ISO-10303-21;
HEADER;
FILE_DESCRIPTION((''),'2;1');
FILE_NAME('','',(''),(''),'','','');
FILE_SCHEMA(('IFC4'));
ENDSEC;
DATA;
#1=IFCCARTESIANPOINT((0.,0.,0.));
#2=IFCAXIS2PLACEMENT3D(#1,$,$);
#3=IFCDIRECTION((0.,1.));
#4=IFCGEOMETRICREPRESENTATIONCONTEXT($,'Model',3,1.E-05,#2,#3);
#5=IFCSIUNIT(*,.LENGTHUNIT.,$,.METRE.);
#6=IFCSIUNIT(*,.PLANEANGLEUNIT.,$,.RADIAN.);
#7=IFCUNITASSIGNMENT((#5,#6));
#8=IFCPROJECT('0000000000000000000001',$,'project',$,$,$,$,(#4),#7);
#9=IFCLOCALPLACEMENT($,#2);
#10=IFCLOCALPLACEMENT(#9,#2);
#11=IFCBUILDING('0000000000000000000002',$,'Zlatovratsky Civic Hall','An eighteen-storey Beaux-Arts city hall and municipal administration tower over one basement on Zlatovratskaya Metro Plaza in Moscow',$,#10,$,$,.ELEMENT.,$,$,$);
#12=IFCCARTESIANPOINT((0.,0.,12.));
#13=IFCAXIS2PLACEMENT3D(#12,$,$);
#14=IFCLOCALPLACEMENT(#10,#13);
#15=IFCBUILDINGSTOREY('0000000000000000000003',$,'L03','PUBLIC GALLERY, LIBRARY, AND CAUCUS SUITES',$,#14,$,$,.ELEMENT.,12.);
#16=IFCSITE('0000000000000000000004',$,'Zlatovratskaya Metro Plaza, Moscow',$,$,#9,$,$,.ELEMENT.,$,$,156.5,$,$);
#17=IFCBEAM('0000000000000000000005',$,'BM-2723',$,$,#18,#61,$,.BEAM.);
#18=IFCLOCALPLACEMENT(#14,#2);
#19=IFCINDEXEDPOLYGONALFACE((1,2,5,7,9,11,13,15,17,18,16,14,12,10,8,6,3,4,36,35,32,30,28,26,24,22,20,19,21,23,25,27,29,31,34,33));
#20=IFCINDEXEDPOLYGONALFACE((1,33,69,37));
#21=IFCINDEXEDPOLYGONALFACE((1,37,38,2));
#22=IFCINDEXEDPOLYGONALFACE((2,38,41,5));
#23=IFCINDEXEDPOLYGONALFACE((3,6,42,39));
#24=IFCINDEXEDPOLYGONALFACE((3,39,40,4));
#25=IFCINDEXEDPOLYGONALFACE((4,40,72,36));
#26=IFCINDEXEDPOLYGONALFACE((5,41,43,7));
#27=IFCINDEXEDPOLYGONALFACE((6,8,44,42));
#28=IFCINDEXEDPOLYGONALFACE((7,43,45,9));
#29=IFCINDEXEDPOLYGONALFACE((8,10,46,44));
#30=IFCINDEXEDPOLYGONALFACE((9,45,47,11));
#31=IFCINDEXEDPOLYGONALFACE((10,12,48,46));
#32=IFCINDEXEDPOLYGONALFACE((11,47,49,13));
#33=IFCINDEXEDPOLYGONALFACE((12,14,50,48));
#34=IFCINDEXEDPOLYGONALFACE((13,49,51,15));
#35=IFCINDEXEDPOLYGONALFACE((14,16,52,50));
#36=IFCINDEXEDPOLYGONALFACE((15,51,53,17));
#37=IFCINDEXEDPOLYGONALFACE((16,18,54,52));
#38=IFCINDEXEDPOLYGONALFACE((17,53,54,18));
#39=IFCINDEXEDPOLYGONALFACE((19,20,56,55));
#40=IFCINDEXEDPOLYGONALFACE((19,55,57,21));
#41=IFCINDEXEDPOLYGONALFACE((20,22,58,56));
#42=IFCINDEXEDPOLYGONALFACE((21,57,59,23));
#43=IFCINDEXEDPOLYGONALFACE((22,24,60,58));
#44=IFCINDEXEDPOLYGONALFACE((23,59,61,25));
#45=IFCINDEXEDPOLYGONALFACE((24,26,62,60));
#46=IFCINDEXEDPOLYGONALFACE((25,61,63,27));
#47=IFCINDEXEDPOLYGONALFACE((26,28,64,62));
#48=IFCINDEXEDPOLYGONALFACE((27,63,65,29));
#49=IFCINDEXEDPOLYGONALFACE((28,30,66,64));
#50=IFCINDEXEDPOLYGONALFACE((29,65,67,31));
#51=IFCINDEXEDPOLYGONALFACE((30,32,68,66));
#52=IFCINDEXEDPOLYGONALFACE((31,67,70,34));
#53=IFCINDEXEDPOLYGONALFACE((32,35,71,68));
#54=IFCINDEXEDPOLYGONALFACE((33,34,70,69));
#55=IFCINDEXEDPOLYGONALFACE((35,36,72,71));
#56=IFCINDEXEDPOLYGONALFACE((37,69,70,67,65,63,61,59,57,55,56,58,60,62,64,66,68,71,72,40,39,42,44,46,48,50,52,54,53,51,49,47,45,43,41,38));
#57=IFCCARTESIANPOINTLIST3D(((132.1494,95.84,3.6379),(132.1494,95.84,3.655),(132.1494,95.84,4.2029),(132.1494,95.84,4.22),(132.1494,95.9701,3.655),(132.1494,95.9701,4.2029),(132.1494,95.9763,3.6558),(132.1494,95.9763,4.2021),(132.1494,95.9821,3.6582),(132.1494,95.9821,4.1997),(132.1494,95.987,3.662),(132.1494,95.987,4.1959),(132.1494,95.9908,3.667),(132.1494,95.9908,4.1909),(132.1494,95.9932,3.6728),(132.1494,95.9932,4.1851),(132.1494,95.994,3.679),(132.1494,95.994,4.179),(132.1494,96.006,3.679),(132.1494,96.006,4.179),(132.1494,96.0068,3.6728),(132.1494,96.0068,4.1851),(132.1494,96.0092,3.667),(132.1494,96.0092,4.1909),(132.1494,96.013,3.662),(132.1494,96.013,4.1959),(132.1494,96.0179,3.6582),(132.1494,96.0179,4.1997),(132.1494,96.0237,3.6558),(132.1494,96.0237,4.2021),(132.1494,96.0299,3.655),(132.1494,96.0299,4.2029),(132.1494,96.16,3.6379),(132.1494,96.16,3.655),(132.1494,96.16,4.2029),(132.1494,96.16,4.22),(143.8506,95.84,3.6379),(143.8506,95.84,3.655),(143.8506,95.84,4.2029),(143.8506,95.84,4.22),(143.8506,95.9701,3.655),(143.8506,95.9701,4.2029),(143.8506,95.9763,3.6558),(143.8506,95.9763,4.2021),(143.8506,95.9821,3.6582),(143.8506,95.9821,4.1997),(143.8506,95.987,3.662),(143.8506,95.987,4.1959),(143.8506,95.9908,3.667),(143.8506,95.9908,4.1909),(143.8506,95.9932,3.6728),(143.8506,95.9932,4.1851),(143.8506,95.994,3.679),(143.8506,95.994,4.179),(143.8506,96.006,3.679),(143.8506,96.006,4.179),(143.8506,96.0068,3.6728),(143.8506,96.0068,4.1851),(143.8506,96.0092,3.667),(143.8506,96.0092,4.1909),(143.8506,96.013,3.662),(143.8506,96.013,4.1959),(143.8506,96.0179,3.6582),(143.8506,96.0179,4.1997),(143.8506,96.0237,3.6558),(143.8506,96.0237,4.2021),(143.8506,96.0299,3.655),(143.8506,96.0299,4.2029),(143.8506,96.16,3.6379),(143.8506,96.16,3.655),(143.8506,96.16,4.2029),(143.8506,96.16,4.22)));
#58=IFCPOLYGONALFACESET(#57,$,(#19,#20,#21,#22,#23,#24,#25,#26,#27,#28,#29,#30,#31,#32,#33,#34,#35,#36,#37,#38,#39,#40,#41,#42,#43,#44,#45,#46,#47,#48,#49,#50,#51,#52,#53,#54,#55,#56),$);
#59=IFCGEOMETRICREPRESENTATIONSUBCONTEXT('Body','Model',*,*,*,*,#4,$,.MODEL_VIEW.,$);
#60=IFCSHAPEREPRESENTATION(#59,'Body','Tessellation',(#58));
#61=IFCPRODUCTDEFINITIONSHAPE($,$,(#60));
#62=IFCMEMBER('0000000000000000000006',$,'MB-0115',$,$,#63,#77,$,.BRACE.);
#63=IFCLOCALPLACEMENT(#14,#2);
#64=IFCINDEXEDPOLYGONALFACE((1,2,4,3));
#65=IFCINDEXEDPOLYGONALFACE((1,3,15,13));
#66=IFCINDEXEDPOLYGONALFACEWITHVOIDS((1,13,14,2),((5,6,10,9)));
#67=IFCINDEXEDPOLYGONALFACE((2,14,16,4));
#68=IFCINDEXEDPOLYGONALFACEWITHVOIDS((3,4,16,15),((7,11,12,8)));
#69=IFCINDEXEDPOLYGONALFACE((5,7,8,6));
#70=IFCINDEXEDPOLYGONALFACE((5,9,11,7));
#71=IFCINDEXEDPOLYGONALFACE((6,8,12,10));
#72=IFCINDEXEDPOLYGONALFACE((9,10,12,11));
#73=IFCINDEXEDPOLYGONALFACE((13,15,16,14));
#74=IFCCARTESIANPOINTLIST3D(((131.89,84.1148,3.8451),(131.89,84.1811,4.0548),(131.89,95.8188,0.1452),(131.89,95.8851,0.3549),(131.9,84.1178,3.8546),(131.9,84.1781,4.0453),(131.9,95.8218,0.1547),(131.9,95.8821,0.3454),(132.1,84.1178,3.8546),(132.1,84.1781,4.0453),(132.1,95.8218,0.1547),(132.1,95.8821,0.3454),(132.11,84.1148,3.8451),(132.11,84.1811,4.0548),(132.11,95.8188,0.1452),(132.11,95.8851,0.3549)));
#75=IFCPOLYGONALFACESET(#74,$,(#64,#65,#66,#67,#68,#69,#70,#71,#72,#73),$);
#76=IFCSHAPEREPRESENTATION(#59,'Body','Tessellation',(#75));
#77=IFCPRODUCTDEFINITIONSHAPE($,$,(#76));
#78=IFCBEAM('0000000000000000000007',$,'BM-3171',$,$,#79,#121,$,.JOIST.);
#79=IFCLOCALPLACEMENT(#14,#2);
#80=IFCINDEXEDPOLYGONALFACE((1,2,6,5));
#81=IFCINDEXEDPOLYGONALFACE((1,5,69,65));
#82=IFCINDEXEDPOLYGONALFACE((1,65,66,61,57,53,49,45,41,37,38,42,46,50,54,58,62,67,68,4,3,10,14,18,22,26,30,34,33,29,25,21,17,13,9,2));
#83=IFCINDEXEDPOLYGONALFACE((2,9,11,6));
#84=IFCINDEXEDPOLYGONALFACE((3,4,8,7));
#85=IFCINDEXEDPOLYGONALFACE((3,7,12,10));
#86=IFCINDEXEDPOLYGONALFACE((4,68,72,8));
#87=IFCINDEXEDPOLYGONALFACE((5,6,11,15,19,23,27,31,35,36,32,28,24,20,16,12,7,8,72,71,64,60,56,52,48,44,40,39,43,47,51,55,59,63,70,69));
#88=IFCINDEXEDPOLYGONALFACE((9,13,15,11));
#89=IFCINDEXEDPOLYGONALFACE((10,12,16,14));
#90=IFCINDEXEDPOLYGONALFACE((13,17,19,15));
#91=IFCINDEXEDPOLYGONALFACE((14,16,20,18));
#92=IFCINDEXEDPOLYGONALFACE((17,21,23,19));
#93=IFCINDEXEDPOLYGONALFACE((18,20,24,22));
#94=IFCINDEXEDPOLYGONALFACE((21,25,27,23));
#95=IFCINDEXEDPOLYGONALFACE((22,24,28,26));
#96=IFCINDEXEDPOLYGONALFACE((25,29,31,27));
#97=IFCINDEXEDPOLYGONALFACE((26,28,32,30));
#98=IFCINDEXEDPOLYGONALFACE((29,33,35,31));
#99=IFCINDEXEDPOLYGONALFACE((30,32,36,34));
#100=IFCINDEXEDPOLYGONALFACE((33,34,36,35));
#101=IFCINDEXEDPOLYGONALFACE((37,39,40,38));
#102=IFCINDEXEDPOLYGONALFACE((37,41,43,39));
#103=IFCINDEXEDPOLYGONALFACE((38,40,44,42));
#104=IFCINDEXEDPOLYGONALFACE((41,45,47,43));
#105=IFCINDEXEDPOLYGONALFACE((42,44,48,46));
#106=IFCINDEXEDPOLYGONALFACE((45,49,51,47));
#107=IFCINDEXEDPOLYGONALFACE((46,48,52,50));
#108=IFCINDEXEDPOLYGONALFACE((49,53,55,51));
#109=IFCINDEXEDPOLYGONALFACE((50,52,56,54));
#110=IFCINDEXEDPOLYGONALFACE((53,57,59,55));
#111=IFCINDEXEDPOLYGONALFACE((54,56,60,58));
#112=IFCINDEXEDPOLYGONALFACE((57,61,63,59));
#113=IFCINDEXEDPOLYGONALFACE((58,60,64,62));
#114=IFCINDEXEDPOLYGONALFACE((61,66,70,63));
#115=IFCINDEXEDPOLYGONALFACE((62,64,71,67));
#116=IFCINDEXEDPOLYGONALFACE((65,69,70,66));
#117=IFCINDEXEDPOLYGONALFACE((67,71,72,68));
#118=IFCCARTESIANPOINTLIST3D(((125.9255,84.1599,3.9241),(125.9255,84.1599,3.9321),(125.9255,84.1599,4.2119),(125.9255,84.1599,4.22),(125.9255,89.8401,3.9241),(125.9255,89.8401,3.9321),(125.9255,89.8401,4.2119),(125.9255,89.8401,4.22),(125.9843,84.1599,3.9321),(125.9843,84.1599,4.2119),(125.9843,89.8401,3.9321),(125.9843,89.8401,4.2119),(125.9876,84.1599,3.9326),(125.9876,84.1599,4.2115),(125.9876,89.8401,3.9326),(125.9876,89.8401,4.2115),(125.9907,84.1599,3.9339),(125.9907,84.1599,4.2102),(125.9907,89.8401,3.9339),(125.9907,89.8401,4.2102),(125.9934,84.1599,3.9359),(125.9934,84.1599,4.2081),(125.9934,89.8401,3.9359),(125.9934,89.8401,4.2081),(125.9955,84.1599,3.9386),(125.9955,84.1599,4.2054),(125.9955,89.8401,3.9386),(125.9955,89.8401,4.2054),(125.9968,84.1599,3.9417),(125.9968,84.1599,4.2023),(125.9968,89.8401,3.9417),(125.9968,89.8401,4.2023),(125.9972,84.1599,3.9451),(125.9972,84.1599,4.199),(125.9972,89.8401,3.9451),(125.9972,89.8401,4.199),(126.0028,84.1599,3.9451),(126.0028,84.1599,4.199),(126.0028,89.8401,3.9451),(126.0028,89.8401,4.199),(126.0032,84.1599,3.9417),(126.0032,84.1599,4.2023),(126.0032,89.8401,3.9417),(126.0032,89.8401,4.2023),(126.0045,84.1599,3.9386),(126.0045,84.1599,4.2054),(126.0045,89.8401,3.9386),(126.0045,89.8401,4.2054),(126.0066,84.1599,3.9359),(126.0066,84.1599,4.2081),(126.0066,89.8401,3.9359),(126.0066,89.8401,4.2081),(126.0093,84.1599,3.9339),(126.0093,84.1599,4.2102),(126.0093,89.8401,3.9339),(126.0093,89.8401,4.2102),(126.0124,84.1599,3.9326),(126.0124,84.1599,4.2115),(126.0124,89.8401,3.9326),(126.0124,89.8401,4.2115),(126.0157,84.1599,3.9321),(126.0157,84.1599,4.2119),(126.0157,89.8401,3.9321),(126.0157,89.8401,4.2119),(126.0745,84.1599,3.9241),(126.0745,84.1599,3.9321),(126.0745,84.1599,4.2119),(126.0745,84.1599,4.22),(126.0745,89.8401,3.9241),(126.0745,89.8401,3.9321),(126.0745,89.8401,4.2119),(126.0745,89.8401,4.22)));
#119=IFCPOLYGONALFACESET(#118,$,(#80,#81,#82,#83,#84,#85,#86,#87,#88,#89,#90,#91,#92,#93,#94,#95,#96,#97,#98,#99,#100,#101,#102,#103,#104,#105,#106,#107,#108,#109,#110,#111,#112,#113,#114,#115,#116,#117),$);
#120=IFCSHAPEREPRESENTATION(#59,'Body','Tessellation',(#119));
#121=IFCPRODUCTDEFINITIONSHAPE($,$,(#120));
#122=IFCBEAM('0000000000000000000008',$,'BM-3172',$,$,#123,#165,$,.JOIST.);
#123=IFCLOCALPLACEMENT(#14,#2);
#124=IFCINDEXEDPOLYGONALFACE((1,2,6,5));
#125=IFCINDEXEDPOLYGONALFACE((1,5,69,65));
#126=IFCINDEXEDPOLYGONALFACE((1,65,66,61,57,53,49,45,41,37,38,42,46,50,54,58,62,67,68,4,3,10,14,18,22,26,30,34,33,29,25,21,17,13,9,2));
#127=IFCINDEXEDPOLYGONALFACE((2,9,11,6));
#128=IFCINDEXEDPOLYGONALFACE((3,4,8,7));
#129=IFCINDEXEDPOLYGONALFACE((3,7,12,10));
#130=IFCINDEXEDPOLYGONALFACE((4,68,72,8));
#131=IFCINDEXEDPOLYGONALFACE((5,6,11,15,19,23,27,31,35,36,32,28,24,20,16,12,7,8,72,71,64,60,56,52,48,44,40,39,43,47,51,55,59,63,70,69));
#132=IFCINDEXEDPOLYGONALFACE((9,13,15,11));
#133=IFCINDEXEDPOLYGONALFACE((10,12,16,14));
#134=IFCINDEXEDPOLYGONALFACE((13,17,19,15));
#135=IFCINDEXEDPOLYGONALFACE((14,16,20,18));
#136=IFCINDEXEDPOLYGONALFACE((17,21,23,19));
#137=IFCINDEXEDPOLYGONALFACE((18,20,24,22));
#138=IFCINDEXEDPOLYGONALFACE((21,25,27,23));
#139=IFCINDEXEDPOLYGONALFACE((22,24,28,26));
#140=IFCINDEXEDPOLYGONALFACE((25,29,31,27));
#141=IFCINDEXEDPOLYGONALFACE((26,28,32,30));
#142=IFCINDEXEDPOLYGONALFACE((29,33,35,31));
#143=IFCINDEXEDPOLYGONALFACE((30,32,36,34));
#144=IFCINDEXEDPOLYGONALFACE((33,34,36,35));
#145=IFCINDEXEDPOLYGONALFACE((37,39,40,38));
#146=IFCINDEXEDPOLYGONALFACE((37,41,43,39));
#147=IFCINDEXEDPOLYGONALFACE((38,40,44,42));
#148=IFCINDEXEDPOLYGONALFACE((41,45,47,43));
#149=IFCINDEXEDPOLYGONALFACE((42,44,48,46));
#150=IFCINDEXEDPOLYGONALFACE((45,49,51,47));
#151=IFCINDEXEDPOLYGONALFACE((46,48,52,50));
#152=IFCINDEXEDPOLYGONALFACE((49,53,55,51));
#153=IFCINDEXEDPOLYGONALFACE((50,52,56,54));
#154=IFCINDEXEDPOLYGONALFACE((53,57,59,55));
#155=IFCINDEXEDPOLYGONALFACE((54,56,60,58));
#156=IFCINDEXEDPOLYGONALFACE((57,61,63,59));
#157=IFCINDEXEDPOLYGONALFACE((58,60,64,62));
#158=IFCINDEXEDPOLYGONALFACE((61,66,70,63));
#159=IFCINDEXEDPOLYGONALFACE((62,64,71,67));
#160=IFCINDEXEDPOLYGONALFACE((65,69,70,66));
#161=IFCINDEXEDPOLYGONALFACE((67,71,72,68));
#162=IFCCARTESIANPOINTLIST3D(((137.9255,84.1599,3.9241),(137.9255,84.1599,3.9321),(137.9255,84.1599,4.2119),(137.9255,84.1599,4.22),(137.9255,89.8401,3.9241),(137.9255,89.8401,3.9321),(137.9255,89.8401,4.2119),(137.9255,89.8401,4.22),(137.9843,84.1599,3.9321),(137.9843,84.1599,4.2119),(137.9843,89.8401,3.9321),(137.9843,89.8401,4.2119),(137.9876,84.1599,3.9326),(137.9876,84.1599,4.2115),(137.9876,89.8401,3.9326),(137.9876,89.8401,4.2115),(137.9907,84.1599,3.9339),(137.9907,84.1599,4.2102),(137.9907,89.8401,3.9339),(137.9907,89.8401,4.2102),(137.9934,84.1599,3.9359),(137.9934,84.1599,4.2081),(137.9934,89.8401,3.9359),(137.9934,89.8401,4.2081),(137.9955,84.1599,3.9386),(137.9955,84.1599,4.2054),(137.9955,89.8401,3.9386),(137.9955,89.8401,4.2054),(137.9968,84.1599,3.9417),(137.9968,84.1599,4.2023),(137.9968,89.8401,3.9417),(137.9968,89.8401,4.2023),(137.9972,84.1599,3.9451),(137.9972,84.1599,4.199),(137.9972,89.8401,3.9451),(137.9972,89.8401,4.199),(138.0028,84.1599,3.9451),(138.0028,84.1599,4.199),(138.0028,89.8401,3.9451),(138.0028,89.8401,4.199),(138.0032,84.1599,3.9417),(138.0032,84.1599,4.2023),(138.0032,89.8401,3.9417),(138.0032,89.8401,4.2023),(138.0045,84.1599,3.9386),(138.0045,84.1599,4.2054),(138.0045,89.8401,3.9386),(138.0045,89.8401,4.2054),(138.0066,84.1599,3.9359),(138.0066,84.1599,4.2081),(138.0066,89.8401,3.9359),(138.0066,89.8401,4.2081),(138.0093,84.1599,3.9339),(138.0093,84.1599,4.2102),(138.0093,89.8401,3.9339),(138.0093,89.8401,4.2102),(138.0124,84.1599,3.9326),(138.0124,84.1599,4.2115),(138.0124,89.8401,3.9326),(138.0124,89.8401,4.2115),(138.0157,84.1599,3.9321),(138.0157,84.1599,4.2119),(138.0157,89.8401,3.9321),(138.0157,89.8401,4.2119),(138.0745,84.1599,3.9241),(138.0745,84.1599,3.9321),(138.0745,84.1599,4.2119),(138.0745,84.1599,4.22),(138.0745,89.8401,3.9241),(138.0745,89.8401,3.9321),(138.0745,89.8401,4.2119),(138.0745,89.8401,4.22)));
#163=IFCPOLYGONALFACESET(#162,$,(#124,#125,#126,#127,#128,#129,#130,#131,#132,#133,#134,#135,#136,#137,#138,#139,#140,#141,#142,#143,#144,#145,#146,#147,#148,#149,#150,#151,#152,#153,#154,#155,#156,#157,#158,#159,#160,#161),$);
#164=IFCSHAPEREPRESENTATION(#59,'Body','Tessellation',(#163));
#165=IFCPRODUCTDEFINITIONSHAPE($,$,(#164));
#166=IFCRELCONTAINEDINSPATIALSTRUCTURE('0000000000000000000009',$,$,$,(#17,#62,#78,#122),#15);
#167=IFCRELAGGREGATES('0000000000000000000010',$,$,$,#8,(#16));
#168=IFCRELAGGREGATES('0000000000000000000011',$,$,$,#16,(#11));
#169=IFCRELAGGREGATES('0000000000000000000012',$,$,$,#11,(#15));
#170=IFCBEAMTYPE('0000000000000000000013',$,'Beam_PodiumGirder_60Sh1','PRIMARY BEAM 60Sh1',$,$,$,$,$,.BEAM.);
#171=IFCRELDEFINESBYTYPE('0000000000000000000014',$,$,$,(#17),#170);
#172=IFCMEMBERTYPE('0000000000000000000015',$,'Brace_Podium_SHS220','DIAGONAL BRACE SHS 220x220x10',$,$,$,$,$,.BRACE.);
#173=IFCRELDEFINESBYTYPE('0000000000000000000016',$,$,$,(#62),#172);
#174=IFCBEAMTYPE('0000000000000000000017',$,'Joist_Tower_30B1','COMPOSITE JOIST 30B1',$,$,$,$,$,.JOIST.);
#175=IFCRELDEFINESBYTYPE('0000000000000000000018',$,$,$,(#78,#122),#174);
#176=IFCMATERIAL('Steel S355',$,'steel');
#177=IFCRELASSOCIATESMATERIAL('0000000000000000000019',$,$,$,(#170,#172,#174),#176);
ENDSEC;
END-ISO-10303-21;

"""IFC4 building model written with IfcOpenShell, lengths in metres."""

from ifc_helpers import new_model, si_unit, direction, frame, origin, origin_2d, place, context, subcontext, project, spatial, hollow_rectangle, i_section, extrude, material, material_profile, profile_set, type_object, element, save


model = new_model("IFC4")

# Units and contexts
model_context = context("Model", 3, precision=1e-05, world=origin(), true_north=direction((0.0, 1.0)))
body_context = subcontext(model_context, "Body", "Model", "MODEL_VIEW")
ifc_project = project(units=[si_unit("LENGTHUNIT", "METRE"), si_unit("PLANEANGLEUNIT", "RADIAN")], contexts=[model_context])

# Site, building, storey
site_placement = place(None, origin())
site = spatial("IfcSite", under=ifc_project, at=site_placement, Name="Zlatovratskaya Metro Plaza, Moscow", CompositionType="ELEMENT", RefElevation=156.5)
building_placement = place(site_placement, origin())
building = spatial("IfcBuilding", under=site, at=building_placement, Name="Zlatovratsky Civic Hall", Description="An eighteen-storey Beaux-Arts city hall and municipal administration tower over one basement on Zlatovratskaya Metro Plaza in Moscow", CompositionType="ELEMENT")
storey_placement = place(building_placement, frame((0.0, 0.0, 12.0)))
storey = spatial("IfcBuildingStorey", under=building, at=storey_placement, Name="L03", Description="PUBLIC GALLERY, LIBRARY, AND CAUCUS SUITES", CompositionType="ELEMENT", Elevation=12.0)

# Shared definitions
ifc_material_1 = material(Name="Steel S355", Category="steel")

# Beam
ifc_material_profile_1 = material_profile(ifc_material_1, i_section(OverallWidth=0.3201, OverallDepth=0.582, WebThickness=0.012, FlangeThickness=0.0171, FilletRadius=0.0239, at=origin_2d()), Name="60Sh1")
ifc_profile_set_1 = profile_set([ifc_material_profile_1], Name="Steel S355")
beam_type_1 = type_object("IfcBeamType", Name="Beam_PodiumGirder_60Sh1", Description="PRIMARY BEAM 60Sh1", PredefinedType="BEAM", material=ifc_profile_set_1)
for number, where, z_axis, x_axis, name in (
    (1, (132.1494, 96.0, 3.929), (1.0, 0.0, 0.0), (0.0, 1.0, 0.0), "BM-2723"),
):
    element("IfcBeam", number, at=place(storey_placement, frame(where, z_axis=z_axis, x_axis=x_axis)), inside=storey, type_object=beam_type_1, Name=name, PredefinedType="BEAM", context=body_context, shape_type="SweptSolid", body=[
        extrude(i_section(OverallWidth=0.3201, OverallDepth=0.582, WebThickness=0.012, FlangeThickness=0.0171, FilletRadius=0.0239, at=origin_2d()), origin(), (0.0, 0.0, 1.0), 11.7012),
    ])

# Member
ifc_material_profile_2 = material_profile(ifc_material_1, hollow_rectangle(XDim=0.22, YDim=0.22, WallThickness=0.01, at=origin_2d()), Name="SHS 220x220x10")
ifc_profile_set_2 = profile_set([ifc_material_profile_2], Name="Steel S355")
member_type = type_object("IfcMemberType", Name="Brace_Podium_SHS220", Description="DIAGONAL BRACE SHS 220x220x10", PredefinedType="BRACE", material=ifc_profile_set_2)
member_placement = place(storey_placement, frame((132.0, 84.1479, 3.95), z_axis=(0.0, 0.953491, -0.301422), x_axis=(-1.0, 0.0, 0.0)))
element("IfcMember", 2, at=member_placement, inside=storey, type_object=member_type, Name="MB-0115", PredefinedType="BRACE", context=body_context, shape_type="SweptSolid", body=[
    extrude(hollow_rectangle(XDim=0.22, YDim=0.22, WallThickness=0.01, at=origin_2d()), origin(), (0.0, 0.0, 1.0), 12.2749),
])

# Beams
ifc_material_profile_3 = material_profile(ifc_material_1, i_section(OverallWidth=0.1489, OverallDepth=0.2959, WebThickness=0.0056, FlangeThickness=0.0081, FilletRadius=0.0129, at=origin_2d()), Name="30B1")
ifc_profile_set_3 = profile_set([ifc_material_profile_3], Name="Steel S355")
beam_type_2 = type_object("IfcBeamType", Name="Joist_Tower_30B1", Description="COMPOSITE JOIST 30B1", PredefinedType="JOIST", material=ifc_profile_set_3)
for number, where, z_axis, x_axis, name in (
    (3, (126.0, 84.1599, 4.072), (0.0, 1.0, 0.0), (-1.0, 0.0, 0.0), "BM-3171"),
    (4, (138.0, 84.1599, 4.072), (0.0, 1.0, 0.0), (-1.0, 0.0, 0.0), "BM-3172"),
):
    element("IfcBeam", number, at=place(storey_placement, frame(where, z_axis=z_axis, x_axis=x_axis)), inside=storey, type_object=beam_type_2, Name=name, PredefinedType="JOIST", context=body_context, shape_type="SweptSolid", body=[
        extrude(i_section(OverallWidth=0.1489, OverallDepth=0.2959, WebThickness=0.0056, FlangeThickness=0.0081, FilletRadius=0.0129, at=origin_2d()), origin(), (0.0, 0.0, 1.0), 5.6802),
    ])

save(model, "model.ifc")
